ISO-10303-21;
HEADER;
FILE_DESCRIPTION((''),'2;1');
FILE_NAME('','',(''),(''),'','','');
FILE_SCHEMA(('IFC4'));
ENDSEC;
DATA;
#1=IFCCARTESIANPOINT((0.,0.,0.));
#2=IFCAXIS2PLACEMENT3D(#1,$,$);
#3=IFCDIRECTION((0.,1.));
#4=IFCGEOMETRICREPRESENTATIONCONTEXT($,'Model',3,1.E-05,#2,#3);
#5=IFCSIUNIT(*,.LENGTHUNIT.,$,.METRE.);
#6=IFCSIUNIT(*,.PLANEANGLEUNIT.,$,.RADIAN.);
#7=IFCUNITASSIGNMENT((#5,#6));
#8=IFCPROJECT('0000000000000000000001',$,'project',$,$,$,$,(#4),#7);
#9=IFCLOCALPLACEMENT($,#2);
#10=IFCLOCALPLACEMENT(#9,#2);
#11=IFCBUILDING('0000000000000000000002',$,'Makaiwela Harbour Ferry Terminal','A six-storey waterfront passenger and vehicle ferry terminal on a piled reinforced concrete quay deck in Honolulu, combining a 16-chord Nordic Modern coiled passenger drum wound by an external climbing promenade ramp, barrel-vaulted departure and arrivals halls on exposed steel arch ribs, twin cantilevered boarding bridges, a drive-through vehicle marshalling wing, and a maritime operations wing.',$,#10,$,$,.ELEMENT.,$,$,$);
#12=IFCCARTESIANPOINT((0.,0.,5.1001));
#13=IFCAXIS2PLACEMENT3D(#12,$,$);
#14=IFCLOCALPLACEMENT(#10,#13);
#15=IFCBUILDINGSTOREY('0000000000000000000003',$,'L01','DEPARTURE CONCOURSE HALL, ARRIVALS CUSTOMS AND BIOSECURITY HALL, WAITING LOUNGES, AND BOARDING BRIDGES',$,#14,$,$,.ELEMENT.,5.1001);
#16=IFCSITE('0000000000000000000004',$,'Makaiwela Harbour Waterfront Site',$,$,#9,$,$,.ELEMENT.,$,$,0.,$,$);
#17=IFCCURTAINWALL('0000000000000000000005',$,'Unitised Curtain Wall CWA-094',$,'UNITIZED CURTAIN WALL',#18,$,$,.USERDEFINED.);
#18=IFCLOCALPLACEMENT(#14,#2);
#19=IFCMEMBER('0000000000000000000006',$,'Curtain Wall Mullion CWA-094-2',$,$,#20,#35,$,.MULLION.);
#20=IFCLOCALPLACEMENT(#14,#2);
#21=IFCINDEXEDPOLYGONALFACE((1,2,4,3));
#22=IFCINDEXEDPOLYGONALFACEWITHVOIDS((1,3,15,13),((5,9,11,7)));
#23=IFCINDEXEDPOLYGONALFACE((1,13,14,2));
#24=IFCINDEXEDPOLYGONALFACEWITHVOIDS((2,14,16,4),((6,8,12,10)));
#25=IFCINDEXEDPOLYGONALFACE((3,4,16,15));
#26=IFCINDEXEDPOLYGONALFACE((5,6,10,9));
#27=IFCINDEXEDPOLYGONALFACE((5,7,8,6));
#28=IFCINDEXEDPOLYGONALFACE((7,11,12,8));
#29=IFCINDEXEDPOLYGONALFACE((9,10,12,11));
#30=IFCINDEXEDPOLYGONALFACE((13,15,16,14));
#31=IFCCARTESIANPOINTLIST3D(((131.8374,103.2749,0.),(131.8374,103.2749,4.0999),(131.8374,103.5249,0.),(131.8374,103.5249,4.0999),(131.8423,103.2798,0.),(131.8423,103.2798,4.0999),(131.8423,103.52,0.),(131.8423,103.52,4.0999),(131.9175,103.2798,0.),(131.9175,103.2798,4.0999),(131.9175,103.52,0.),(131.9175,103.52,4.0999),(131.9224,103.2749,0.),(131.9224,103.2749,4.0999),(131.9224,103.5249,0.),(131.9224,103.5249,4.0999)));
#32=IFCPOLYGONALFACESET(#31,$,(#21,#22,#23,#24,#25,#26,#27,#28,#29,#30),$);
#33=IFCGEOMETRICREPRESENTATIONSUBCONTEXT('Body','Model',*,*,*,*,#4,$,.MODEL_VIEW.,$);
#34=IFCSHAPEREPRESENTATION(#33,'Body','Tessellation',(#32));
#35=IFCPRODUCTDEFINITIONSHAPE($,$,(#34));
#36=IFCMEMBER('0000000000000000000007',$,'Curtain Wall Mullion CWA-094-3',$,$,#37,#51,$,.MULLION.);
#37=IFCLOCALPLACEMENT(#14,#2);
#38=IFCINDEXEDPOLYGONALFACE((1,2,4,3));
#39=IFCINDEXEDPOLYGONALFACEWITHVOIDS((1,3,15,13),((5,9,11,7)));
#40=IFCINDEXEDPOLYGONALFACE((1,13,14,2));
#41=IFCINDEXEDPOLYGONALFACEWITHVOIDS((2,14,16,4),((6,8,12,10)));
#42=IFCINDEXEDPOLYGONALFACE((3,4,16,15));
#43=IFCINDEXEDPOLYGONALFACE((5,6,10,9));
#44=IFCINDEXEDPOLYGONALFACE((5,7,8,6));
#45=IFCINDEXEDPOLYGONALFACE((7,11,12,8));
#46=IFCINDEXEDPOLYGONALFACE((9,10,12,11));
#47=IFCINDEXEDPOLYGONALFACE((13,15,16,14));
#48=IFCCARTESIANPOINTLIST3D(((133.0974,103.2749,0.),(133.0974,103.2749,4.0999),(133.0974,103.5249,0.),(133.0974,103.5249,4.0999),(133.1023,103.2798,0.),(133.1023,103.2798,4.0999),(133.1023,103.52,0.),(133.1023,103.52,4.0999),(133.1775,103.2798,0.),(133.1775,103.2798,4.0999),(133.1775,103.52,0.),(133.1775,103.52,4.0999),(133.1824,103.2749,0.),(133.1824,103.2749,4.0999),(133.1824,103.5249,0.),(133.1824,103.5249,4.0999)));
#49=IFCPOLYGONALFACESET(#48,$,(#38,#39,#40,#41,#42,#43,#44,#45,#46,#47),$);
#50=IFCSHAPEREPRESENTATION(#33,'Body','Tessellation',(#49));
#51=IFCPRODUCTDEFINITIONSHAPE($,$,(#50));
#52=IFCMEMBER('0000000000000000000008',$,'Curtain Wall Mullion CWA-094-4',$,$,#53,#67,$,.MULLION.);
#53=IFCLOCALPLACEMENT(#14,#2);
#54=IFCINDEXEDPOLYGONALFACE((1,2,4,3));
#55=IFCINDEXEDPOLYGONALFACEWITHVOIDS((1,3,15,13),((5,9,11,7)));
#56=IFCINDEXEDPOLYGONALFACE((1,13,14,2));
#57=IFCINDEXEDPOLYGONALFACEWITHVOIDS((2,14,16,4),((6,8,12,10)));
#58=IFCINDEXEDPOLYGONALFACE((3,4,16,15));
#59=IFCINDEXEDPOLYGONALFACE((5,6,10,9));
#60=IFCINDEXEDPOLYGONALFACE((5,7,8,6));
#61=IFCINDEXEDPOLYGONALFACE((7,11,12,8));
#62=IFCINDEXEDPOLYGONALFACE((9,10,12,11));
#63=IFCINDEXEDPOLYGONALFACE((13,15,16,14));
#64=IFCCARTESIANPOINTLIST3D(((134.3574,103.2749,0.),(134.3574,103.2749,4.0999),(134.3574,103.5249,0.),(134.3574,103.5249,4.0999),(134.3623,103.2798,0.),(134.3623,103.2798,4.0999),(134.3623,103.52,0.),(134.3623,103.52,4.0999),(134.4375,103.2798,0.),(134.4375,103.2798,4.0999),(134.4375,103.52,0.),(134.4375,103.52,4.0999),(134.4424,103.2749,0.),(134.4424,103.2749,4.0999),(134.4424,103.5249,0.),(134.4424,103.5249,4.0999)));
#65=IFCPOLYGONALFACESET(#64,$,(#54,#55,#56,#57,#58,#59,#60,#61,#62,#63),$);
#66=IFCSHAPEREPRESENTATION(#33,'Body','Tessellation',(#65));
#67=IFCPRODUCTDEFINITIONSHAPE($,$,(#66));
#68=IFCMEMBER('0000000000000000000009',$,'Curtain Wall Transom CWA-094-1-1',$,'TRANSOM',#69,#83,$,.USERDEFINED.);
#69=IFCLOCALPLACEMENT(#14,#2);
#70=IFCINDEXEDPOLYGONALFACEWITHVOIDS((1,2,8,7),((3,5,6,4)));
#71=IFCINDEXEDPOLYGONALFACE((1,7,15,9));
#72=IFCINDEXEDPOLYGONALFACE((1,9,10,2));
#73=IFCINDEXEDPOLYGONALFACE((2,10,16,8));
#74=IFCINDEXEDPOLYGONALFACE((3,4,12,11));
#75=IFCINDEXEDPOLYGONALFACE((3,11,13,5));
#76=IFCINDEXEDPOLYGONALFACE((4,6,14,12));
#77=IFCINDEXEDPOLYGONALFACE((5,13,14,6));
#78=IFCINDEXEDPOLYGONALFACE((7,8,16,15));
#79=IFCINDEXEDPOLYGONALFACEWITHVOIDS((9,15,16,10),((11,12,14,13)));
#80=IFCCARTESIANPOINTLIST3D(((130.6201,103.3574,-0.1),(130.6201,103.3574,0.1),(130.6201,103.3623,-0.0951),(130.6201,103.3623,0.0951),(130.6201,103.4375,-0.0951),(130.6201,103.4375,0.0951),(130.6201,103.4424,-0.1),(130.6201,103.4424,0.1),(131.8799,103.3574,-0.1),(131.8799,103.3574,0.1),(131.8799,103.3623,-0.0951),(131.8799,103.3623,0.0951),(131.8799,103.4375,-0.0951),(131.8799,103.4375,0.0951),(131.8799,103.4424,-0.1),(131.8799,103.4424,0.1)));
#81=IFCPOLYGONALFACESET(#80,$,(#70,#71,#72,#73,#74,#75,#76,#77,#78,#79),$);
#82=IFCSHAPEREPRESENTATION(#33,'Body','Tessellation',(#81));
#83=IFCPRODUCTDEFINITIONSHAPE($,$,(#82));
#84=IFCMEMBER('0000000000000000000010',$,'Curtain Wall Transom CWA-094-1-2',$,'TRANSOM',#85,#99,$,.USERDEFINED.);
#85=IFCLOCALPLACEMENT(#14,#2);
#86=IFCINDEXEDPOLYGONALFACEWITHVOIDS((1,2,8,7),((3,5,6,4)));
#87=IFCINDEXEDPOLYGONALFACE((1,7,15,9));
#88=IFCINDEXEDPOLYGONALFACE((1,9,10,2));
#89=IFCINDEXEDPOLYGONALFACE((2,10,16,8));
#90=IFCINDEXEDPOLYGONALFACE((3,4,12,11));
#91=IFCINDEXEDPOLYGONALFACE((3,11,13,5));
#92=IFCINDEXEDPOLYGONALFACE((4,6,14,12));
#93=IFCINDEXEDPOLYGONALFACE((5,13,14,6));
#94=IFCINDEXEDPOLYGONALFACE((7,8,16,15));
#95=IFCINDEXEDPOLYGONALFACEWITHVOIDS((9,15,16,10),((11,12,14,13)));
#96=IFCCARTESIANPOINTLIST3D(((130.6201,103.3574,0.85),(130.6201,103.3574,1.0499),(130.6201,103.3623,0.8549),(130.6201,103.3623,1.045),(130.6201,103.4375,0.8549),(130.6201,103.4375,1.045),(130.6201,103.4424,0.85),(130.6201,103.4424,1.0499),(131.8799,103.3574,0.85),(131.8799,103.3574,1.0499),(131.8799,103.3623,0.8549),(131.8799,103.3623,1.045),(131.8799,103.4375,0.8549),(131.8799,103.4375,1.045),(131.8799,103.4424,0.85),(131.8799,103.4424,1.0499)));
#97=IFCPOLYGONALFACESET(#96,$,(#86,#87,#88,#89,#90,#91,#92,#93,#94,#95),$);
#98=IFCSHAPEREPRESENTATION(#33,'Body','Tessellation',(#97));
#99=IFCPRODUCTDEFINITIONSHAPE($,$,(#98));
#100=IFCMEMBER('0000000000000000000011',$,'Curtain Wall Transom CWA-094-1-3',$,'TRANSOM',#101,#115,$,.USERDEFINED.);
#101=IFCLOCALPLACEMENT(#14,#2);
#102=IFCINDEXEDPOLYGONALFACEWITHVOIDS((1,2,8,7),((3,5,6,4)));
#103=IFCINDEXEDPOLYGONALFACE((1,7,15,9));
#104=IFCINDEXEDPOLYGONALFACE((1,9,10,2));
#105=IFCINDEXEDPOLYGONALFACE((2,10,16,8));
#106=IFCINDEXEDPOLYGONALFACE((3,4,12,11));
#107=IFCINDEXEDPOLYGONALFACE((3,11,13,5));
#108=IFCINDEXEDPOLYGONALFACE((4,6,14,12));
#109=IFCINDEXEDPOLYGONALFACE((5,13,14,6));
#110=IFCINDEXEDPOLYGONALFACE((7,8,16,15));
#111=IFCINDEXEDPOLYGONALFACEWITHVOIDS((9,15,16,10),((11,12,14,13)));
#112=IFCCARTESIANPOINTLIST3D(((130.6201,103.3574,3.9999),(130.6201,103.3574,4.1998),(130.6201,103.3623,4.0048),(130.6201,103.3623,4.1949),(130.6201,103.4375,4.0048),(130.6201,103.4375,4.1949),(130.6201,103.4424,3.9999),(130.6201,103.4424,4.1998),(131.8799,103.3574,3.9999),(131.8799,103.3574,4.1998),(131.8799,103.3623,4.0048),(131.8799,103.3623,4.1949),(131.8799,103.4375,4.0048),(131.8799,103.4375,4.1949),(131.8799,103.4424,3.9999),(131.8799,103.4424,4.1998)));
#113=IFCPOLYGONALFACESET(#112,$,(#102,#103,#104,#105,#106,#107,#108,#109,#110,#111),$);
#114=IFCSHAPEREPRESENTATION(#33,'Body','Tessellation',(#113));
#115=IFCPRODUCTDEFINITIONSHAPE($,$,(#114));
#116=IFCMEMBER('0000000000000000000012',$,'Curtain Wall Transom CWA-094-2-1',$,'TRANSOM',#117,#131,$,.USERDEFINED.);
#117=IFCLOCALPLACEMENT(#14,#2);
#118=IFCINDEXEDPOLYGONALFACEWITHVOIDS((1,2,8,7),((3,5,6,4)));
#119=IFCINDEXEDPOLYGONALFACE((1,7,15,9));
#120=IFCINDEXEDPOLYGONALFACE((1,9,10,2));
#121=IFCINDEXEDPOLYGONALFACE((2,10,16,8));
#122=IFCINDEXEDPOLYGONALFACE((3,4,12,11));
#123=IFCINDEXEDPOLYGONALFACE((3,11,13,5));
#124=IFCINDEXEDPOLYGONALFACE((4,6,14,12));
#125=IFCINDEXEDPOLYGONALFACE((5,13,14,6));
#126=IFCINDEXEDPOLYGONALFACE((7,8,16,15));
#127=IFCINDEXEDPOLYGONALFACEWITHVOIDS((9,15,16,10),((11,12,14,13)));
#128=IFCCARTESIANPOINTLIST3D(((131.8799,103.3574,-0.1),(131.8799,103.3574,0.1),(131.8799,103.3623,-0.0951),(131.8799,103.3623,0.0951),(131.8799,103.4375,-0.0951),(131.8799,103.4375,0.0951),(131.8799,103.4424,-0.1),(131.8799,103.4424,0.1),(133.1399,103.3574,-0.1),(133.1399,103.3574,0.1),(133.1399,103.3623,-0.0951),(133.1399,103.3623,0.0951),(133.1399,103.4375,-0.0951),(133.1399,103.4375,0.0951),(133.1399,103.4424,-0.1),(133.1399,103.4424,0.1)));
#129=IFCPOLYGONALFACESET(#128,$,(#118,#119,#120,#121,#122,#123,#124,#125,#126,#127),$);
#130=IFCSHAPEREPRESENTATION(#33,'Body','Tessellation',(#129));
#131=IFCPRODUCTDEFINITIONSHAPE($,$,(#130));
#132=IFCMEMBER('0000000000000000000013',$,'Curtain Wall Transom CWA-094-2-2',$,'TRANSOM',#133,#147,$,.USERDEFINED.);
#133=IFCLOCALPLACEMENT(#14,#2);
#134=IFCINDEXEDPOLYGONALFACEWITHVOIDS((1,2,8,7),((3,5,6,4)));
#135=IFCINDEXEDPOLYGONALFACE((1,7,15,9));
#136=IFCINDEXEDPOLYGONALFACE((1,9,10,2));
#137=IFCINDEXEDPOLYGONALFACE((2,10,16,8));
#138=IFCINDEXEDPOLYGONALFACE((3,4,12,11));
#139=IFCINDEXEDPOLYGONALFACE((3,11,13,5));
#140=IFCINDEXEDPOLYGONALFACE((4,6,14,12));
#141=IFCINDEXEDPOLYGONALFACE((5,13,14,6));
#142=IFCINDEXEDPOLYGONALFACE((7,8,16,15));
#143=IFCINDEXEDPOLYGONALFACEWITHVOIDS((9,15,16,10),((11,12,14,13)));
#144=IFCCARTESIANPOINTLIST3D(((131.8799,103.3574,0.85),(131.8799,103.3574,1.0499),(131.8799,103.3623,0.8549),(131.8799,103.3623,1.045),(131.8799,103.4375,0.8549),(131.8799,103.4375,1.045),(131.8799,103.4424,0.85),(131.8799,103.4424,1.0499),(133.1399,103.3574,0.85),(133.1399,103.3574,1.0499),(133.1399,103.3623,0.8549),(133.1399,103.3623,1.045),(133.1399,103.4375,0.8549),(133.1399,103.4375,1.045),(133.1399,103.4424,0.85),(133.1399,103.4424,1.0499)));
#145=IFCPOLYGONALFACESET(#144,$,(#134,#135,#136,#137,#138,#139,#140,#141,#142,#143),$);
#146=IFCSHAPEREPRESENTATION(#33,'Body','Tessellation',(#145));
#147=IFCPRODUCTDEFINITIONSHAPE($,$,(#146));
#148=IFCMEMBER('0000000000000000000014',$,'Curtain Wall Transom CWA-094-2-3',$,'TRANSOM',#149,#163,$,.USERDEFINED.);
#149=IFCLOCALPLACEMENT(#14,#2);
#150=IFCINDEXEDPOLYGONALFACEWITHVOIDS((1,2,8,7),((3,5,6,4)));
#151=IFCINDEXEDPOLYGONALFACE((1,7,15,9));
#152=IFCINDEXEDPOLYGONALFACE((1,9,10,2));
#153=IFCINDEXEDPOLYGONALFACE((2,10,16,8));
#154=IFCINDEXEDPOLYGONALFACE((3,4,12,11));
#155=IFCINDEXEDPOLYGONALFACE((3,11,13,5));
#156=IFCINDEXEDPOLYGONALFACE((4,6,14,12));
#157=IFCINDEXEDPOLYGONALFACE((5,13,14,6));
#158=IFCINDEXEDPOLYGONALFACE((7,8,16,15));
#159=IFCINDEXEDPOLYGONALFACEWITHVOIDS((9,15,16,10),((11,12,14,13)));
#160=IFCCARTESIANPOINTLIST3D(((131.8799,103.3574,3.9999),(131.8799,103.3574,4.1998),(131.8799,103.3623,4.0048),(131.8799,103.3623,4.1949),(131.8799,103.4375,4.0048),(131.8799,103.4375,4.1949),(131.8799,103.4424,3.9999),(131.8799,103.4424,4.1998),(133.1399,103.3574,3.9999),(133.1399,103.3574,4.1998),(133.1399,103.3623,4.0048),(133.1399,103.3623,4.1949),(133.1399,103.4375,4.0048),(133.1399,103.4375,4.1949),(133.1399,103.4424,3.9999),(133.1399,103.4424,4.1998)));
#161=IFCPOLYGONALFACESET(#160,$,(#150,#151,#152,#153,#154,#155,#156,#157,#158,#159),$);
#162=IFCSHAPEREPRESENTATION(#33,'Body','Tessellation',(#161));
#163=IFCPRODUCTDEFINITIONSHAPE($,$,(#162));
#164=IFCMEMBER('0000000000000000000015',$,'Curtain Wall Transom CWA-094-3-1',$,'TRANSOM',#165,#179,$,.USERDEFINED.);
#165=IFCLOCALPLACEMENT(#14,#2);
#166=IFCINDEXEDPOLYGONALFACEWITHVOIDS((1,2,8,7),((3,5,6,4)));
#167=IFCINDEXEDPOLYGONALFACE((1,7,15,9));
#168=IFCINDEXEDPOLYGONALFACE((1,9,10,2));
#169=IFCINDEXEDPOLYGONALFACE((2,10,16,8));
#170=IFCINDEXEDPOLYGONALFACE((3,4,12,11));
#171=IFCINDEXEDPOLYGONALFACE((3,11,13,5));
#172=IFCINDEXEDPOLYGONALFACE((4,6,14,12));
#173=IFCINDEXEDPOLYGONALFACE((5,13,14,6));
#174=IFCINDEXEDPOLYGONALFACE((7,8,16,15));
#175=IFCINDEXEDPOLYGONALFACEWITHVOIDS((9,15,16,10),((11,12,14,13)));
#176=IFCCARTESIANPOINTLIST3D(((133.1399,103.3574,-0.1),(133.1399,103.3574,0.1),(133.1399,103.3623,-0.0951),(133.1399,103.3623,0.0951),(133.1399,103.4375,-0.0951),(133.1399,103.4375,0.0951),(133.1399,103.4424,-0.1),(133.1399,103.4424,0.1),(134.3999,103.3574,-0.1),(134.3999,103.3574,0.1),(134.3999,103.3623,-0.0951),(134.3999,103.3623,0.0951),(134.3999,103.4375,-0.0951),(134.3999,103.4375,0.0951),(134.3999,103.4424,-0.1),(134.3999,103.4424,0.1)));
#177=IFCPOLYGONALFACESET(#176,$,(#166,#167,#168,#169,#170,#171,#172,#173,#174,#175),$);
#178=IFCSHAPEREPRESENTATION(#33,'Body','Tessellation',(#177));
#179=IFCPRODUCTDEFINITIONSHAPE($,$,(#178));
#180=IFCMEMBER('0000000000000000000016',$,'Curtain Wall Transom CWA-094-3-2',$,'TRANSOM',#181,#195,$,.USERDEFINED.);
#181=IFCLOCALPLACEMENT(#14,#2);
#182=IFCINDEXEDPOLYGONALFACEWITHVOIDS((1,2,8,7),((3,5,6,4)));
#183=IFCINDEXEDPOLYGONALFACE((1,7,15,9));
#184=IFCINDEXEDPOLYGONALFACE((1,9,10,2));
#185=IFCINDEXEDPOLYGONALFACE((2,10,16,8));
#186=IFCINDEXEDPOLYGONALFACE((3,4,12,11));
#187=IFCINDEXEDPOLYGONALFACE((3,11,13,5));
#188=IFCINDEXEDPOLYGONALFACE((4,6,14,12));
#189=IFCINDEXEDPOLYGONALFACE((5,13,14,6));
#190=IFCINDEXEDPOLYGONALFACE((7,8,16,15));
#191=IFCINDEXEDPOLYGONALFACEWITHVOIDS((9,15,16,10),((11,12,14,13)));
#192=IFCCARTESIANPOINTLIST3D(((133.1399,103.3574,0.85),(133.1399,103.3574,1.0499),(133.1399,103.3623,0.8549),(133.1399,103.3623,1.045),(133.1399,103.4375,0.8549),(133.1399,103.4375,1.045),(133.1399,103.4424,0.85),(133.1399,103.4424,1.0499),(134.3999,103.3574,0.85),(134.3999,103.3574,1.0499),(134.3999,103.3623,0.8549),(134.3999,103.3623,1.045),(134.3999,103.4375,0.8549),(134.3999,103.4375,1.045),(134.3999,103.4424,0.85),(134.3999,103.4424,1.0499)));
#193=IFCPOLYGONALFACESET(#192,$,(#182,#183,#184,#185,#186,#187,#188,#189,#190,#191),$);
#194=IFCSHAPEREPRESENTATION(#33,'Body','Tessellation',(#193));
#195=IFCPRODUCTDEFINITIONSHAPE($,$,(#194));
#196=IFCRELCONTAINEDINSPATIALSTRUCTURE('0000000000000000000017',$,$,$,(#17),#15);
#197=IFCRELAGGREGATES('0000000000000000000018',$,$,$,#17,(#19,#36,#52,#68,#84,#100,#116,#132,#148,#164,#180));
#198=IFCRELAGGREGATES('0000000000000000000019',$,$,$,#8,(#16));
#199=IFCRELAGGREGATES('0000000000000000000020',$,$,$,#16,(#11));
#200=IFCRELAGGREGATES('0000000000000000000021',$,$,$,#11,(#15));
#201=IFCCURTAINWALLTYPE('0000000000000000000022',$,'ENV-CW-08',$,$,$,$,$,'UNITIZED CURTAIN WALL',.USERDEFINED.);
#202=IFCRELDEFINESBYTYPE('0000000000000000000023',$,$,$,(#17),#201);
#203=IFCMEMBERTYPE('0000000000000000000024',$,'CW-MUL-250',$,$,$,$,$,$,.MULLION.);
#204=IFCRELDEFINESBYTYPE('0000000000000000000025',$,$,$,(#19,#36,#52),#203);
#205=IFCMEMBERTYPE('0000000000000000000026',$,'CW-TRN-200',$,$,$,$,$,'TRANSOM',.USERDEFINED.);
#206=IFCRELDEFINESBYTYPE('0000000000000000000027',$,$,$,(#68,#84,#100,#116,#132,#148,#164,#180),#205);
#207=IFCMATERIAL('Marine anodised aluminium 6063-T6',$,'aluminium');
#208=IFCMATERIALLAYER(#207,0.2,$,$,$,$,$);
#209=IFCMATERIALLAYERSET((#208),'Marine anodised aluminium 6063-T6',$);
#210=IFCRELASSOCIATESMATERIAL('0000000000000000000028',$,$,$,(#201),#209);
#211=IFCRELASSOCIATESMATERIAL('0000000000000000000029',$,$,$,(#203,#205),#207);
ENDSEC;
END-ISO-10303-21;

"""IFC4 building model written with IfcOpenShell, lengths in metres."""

from ifc_helpers import new_model, si_unit, direction, frame, origin, origin_2d, place, context, subcontext, project, spatial, hollow_rectangle, extrude, material, layer, layer_set, material_profile, profile_set, type_object, element, aggregate, save


model = new_model("IFC4")

# Units and contexts
model_context = context("Model", 3, precision=1e-05, world=origin(), true_north=direction((0.0, 1.0)))
body_context = subcontext(model_context, "Body", "Model", "MODEL_VIEW")
ifc_project = project(units=[si_unit("LENGTHUNIT", "METRE"), si_unit("PLANEANGLEUNIT", "RADIAN")], contexts=[model_context])

# Site, building, storey
site_placement = place(None, origin())
site = spatial("IfcSite", under=ifc_project, at=site_placement, Name="Makaiwela Harbour Waterfront Site", CompositionType="ELEMENT", RefElevation=0.0)
building_placement = place(site_placement, origin())
building = spatial("IfcBuilding", under=site, at=building_placement, Name="Makaiwela Harbour Ferry Terminal", Description="A six-storey waterfront passenger and vehicle ferry terminal on a piled reinforced concrete quay deck in Honolulu, combining a 16-chord Nordic Modern coiled passenger drum wound by an external climbing promenade ramp, barrel-vaulted departure and arrivals halls on exposed steel arch ribs, twin cantilevered boarding bridges, a drive-through vehicle marshalling wing, and a maritime operations wing.", CompositionType="ELEMENT")
storey_placement = place(building_placement, frame((0.0, 0.0, 5.1001)))
storey = spatial("IfcBuildingStorey", under=building, at=storey_placement, Name="L01", Description="DEPARTURE CONCOURSE HALL, ARRIVALS CUSTOMS AND BIOSECURITY HALL, WAITING LOUNGES, AND BOARDING BRIDGES", CompositionType="ELEMENT", Elevation=5.1001)

# Curtain wall, members
ifc_material_1 = material(Name="Marine anodised aluminium 6063-T6", Category="aluminium")
ifc_layer_1 = layer(ifc_material_1, 0.2)
ifc_layer_set_1 = layer_set([ifc_layer_1], Name="Marine anodised aluminium 6063-T6")
curtain_wall_type = type_object("IfcCurtainWallType", Name="ENV-CW-08", ElementType="UNITIZED CURTAIN WALL", PredefinedType="USERDEFINED", material=ifc_layer_set_1)
curtain_wall_placement = place(storey_placement, origin())
curtain_wall = element("IfcCurtainWall", 1, at=curtain_wall_placement, inside=storey, type_object=curtain_wall_type, Name="Unitised Curtain Wall CWA-094", ObjectType="UNITIZED CURTAIN WALL", PredefinedType="USERDEFINED")
ifc_material_profile_1 = material_profile(ifc_material_1, hollow_rectangle(XDim=0.085, YDim=0.25, WallThickness=0.0049, at=origin_2d()), Name="CWM-250X85")
ifc_profile_set_1 = profile_set([ifc_material_profile_1], Name="Marine anodised aluminium 6063-T6")
member_type_1 = type_object("IfcMemberType", Name="CW-MUL-250", PredefinedType="MULLION", material=ifc_profile_set_1)
member_1_placement = place(storey_placement, frame((131.8799, 103.3999, 0.0), z_axis=(0.0, 0.0, 1.0), x_axis=(1.0, 0.0, 0.0)))
member_1 = element("IfcMember", 2, at=member_1_placement, type_object=member_type_1, Name="Curtain Wall Mullion CWA-094-2", PredefinedType="MULLION", context=body_context, shape_type="SweptSolid", body=[
    extrude(hollow_rectangle(XDim=0.085, YDim=0.25, WallThickness=0.0049, at=origin_2d()), origin(), (0.0, 0.0, 1.0), 4.0999),
])
member_2_placement = place(storey_placement, frame((133.1399, 103.3999, 0.0), z_axis=(0.0, 0.0, 1.0), x_axis=(1.0, 0.0, 0.0)))
member_2 = element("IfcMember", 3, at=member_2_placement, type_object=member_type_1, Name="Curtain Wall Mullion CWA-094-3", PredefinedType="MULLION", context=body_context, shape_type="SweptSolid", body=[
    extrude(hollow_rectangle(XDim=0.085, YDim=0.25, WallThickness=0.0049, at=origin_2d()), origin(), (0.0, 0.0, 1.0), 4.0999),
])
member_3_placement = place(storey_placement, frame((134.3999, 103.3999, 0.0), z_axis=(0.0, 0.0, 1.0), x_axis=(1.0, 0.0, 0.0)))
member_3 = element("IfcMember", 4, at=member_3_placement, type_object=member_type_1, Name="Curtain Wall Mullion CWA-094-4", PredefinedType="MULLION", context=body_context, shape_type="SweptSolid", body=[
    extrude(hollow_rectangle(XDim=0.085, YDim=0.25, WallThickness=0.0049, at=origin_2d()), origin(), (0.0, 0.0, 1.0), 4.0999),
])
ifc_material_profile_2 = material_profile(ifc_material_1, hollow_rectangle(XDim=0.085, YDim=0.2, WallThickness=0.0049, at=origin_2d()), Name="CWT-200X85")
ifc_profile_set_2 = profile_set([ifc_material_profile_2], Name="Marine anodised aluminium 6063-T6")
member_type_2 = type_object("IfcMemberType", Name="CW-TRN-200", ElementType="TRANSOM", PredefinedType="USERDEFINED", material=ifc_profile_set_2)
member_4_placement = place(storey_placement, frame((130.6201, 103.3999, 0.0), z_axis=(1.0, 0.0, 0.0), x_axis=(0.0, 1.0, 0.0)))
member_4 = element("IfcMember", 5, at=member_4_placement, type_object=member_type_2, Name="Curtain Wall Transom CWA-094-1-1", ObjectType="TRANSOM", PredefinedType="USERDEFINED", context=body_context, shape_type="SweptSolid", body=[
    extrude(hollow_rectangle(XDim=0.085, YDim=0.2, WallThickness=0.0049, at=origin_2d()), origin(), (0.0, 0.0, 1.0), 1.2598),
])
member_5_placement = place(storey_placement, frame((130.6201, 103.3999, 0.95), z_axis=(1.0, 0.0, 0.0), x_axis=(0.0, 1.0, 0.0)))
member_5 = element("IfcMember", 6, at=member_5_placement, type_object=member_type_2, Name="Curtain Wall Transom CWA-094-1-2", ObjectType="TRANSOM", PredefinedType="USERDEFINED", context=body_context, shape_type="SweptSolid", body=[
    extrude(hollow_rectangle(XDim=0.085, YDim=0.2, WallThickness=0.0049, at=origin_2d()), origin(), (0.0, 0.0, 1.0), 1.2598),
])
member_6_placement = place(storey_placement, frame((130.6201, 103.3999, 4.0999), z_axis=(1.0, 0.0, 0.0), x_axis=(0.0, 1.0, 0.0)))
member_6 = element("IfcMember", 7, at=member_6_placement, type_object=member_type_2, Name="Curtain Wall Transom CWA-094-1-3", ObjectType="TRANSOM", PredefinedType="USERDEFINED", context=body_context, shape_type="SweptSolid", body=[
    extrude(hollow_rectangle(XDim=0.085, YDim=0.2, WallThickness=0.0049, at=origin_2d()), origin(), (0.0, 0.0, 1.0), 1.2598),
])
member_7_placement = place(storey_placement, frame((131.8799, 103.3999, 0.0), z_axis=(1.0, 0.0, 0.0), x_axis=(0.0, 1.0, 0.0)))
member_7 = element("IfcMember", 8, at=member_7_placement, type_object=member_type_2, Name="Curtain Wall Transom CWA-094-2-1", ObjectType="TRANSOM", PredefinedType="USERDEFINED", context=body_context, shape_type="SweptSolid", body=[
    extrude(hollow_rectangle(XDim=0.085, YDim=0.2, WallThickness=0.0049, at=origin_2d()), origin(), (0.0, 0.0, 1.0), 1.26),
])
member_8_placement = place(storey_placement, frame((131.8799, 103.3999, 0.95), z_axis=(1.0, 0.0, 0.0), x_axis=(0.0, 1.0, 0.0)))
member_8 = element("IfcMember", 9, at=member_8_placement, type_object=member_type_2, Name="Curtain Wall Transom CWA-094-2-2", ObjectType="TRANSOM", PredefinedType="USERDEFINED", context=body_context, shape_type="SweptSolid", body=[
    extrude(hollow_rectangle(XDim=0.085, YDim=0.2, WallThickness=0.0049, at=origin_2d()), origin(), (0.0, 0.0, 1.0), 1.26),
])
member_9_placement = place(storey_placement, frame((131.8799, 103.3999, 4.0999), z_axis=(1.0, 0.0, 0.0), x_axis=(0.0, 1.0, 0.0)))
member_9 = element("IfcMember", 10, at=member_9_placement, type_object=member_type_2, Name="Curtain Wall Transom CWA-094-2-3", ObjectType="TRANSOM", PredefinedType="USERDEFINED", context=body_context, shape_type="SweptSolid", body=[
    extrude(hollow_rectangle(XDim=0.085, YDim=0.2, WallThickness=0.0049, at=origin_2d()), origin(), (0.0, 0.0, 1.0), 1.26),
])
member_10_placement = place(storey_placement, frame((133.1399, 103.3999, 0.0), z_axis=(1.0, 0.0, 0.0), x_axis=(0.0, 1.0, 0.0)))
member_10 = element("IfcMember", 11, at=member_10_placement, type_object=member_type_2, Name="Curtain Wall Transom CWA-094-3-1", ObjectType="TRANSOM", PredefinedType="USERDEFINED", context=body_context, shape_type="SweptSolid", body=[
    extrude(hollow_rectangle(XDim=0.085, YDim=0.2, WallThickness=0.0049, at=origin_2d()), origin(), (0.0, 0.0, 1.0), 1.26),
])
member_11_placement = place(storey_placement, frame((133.1399, 103.3999, 0.95), z_axis=(1.0, 0.0, 0.0), x_axis=(0.0, 1.0, 0.0)))
member_11 = element("IfcMember", 12, at=member_11_placement, type_object=member_type_2, Name="Curtain Wall Transom CWA-094-3-2", ObjectType="TRANSOM", PredefinedType="USERDEFINED", context=body_context, shape_type="SweptSolid", body=[
    extrude(hollow_rectangle(XDim=0.085, YDim=0.2, WallThickness=0.0049, at=origin_2d()), origin(), (0.0, 0.0, 1.0), 1.26),
])

aggregate(curtain_wall, [member_1, member_2, member_3, member_4, member_5, member_6, member_7, member_8, member_9, member_10, member_11])

save(model, "model.ifc")
